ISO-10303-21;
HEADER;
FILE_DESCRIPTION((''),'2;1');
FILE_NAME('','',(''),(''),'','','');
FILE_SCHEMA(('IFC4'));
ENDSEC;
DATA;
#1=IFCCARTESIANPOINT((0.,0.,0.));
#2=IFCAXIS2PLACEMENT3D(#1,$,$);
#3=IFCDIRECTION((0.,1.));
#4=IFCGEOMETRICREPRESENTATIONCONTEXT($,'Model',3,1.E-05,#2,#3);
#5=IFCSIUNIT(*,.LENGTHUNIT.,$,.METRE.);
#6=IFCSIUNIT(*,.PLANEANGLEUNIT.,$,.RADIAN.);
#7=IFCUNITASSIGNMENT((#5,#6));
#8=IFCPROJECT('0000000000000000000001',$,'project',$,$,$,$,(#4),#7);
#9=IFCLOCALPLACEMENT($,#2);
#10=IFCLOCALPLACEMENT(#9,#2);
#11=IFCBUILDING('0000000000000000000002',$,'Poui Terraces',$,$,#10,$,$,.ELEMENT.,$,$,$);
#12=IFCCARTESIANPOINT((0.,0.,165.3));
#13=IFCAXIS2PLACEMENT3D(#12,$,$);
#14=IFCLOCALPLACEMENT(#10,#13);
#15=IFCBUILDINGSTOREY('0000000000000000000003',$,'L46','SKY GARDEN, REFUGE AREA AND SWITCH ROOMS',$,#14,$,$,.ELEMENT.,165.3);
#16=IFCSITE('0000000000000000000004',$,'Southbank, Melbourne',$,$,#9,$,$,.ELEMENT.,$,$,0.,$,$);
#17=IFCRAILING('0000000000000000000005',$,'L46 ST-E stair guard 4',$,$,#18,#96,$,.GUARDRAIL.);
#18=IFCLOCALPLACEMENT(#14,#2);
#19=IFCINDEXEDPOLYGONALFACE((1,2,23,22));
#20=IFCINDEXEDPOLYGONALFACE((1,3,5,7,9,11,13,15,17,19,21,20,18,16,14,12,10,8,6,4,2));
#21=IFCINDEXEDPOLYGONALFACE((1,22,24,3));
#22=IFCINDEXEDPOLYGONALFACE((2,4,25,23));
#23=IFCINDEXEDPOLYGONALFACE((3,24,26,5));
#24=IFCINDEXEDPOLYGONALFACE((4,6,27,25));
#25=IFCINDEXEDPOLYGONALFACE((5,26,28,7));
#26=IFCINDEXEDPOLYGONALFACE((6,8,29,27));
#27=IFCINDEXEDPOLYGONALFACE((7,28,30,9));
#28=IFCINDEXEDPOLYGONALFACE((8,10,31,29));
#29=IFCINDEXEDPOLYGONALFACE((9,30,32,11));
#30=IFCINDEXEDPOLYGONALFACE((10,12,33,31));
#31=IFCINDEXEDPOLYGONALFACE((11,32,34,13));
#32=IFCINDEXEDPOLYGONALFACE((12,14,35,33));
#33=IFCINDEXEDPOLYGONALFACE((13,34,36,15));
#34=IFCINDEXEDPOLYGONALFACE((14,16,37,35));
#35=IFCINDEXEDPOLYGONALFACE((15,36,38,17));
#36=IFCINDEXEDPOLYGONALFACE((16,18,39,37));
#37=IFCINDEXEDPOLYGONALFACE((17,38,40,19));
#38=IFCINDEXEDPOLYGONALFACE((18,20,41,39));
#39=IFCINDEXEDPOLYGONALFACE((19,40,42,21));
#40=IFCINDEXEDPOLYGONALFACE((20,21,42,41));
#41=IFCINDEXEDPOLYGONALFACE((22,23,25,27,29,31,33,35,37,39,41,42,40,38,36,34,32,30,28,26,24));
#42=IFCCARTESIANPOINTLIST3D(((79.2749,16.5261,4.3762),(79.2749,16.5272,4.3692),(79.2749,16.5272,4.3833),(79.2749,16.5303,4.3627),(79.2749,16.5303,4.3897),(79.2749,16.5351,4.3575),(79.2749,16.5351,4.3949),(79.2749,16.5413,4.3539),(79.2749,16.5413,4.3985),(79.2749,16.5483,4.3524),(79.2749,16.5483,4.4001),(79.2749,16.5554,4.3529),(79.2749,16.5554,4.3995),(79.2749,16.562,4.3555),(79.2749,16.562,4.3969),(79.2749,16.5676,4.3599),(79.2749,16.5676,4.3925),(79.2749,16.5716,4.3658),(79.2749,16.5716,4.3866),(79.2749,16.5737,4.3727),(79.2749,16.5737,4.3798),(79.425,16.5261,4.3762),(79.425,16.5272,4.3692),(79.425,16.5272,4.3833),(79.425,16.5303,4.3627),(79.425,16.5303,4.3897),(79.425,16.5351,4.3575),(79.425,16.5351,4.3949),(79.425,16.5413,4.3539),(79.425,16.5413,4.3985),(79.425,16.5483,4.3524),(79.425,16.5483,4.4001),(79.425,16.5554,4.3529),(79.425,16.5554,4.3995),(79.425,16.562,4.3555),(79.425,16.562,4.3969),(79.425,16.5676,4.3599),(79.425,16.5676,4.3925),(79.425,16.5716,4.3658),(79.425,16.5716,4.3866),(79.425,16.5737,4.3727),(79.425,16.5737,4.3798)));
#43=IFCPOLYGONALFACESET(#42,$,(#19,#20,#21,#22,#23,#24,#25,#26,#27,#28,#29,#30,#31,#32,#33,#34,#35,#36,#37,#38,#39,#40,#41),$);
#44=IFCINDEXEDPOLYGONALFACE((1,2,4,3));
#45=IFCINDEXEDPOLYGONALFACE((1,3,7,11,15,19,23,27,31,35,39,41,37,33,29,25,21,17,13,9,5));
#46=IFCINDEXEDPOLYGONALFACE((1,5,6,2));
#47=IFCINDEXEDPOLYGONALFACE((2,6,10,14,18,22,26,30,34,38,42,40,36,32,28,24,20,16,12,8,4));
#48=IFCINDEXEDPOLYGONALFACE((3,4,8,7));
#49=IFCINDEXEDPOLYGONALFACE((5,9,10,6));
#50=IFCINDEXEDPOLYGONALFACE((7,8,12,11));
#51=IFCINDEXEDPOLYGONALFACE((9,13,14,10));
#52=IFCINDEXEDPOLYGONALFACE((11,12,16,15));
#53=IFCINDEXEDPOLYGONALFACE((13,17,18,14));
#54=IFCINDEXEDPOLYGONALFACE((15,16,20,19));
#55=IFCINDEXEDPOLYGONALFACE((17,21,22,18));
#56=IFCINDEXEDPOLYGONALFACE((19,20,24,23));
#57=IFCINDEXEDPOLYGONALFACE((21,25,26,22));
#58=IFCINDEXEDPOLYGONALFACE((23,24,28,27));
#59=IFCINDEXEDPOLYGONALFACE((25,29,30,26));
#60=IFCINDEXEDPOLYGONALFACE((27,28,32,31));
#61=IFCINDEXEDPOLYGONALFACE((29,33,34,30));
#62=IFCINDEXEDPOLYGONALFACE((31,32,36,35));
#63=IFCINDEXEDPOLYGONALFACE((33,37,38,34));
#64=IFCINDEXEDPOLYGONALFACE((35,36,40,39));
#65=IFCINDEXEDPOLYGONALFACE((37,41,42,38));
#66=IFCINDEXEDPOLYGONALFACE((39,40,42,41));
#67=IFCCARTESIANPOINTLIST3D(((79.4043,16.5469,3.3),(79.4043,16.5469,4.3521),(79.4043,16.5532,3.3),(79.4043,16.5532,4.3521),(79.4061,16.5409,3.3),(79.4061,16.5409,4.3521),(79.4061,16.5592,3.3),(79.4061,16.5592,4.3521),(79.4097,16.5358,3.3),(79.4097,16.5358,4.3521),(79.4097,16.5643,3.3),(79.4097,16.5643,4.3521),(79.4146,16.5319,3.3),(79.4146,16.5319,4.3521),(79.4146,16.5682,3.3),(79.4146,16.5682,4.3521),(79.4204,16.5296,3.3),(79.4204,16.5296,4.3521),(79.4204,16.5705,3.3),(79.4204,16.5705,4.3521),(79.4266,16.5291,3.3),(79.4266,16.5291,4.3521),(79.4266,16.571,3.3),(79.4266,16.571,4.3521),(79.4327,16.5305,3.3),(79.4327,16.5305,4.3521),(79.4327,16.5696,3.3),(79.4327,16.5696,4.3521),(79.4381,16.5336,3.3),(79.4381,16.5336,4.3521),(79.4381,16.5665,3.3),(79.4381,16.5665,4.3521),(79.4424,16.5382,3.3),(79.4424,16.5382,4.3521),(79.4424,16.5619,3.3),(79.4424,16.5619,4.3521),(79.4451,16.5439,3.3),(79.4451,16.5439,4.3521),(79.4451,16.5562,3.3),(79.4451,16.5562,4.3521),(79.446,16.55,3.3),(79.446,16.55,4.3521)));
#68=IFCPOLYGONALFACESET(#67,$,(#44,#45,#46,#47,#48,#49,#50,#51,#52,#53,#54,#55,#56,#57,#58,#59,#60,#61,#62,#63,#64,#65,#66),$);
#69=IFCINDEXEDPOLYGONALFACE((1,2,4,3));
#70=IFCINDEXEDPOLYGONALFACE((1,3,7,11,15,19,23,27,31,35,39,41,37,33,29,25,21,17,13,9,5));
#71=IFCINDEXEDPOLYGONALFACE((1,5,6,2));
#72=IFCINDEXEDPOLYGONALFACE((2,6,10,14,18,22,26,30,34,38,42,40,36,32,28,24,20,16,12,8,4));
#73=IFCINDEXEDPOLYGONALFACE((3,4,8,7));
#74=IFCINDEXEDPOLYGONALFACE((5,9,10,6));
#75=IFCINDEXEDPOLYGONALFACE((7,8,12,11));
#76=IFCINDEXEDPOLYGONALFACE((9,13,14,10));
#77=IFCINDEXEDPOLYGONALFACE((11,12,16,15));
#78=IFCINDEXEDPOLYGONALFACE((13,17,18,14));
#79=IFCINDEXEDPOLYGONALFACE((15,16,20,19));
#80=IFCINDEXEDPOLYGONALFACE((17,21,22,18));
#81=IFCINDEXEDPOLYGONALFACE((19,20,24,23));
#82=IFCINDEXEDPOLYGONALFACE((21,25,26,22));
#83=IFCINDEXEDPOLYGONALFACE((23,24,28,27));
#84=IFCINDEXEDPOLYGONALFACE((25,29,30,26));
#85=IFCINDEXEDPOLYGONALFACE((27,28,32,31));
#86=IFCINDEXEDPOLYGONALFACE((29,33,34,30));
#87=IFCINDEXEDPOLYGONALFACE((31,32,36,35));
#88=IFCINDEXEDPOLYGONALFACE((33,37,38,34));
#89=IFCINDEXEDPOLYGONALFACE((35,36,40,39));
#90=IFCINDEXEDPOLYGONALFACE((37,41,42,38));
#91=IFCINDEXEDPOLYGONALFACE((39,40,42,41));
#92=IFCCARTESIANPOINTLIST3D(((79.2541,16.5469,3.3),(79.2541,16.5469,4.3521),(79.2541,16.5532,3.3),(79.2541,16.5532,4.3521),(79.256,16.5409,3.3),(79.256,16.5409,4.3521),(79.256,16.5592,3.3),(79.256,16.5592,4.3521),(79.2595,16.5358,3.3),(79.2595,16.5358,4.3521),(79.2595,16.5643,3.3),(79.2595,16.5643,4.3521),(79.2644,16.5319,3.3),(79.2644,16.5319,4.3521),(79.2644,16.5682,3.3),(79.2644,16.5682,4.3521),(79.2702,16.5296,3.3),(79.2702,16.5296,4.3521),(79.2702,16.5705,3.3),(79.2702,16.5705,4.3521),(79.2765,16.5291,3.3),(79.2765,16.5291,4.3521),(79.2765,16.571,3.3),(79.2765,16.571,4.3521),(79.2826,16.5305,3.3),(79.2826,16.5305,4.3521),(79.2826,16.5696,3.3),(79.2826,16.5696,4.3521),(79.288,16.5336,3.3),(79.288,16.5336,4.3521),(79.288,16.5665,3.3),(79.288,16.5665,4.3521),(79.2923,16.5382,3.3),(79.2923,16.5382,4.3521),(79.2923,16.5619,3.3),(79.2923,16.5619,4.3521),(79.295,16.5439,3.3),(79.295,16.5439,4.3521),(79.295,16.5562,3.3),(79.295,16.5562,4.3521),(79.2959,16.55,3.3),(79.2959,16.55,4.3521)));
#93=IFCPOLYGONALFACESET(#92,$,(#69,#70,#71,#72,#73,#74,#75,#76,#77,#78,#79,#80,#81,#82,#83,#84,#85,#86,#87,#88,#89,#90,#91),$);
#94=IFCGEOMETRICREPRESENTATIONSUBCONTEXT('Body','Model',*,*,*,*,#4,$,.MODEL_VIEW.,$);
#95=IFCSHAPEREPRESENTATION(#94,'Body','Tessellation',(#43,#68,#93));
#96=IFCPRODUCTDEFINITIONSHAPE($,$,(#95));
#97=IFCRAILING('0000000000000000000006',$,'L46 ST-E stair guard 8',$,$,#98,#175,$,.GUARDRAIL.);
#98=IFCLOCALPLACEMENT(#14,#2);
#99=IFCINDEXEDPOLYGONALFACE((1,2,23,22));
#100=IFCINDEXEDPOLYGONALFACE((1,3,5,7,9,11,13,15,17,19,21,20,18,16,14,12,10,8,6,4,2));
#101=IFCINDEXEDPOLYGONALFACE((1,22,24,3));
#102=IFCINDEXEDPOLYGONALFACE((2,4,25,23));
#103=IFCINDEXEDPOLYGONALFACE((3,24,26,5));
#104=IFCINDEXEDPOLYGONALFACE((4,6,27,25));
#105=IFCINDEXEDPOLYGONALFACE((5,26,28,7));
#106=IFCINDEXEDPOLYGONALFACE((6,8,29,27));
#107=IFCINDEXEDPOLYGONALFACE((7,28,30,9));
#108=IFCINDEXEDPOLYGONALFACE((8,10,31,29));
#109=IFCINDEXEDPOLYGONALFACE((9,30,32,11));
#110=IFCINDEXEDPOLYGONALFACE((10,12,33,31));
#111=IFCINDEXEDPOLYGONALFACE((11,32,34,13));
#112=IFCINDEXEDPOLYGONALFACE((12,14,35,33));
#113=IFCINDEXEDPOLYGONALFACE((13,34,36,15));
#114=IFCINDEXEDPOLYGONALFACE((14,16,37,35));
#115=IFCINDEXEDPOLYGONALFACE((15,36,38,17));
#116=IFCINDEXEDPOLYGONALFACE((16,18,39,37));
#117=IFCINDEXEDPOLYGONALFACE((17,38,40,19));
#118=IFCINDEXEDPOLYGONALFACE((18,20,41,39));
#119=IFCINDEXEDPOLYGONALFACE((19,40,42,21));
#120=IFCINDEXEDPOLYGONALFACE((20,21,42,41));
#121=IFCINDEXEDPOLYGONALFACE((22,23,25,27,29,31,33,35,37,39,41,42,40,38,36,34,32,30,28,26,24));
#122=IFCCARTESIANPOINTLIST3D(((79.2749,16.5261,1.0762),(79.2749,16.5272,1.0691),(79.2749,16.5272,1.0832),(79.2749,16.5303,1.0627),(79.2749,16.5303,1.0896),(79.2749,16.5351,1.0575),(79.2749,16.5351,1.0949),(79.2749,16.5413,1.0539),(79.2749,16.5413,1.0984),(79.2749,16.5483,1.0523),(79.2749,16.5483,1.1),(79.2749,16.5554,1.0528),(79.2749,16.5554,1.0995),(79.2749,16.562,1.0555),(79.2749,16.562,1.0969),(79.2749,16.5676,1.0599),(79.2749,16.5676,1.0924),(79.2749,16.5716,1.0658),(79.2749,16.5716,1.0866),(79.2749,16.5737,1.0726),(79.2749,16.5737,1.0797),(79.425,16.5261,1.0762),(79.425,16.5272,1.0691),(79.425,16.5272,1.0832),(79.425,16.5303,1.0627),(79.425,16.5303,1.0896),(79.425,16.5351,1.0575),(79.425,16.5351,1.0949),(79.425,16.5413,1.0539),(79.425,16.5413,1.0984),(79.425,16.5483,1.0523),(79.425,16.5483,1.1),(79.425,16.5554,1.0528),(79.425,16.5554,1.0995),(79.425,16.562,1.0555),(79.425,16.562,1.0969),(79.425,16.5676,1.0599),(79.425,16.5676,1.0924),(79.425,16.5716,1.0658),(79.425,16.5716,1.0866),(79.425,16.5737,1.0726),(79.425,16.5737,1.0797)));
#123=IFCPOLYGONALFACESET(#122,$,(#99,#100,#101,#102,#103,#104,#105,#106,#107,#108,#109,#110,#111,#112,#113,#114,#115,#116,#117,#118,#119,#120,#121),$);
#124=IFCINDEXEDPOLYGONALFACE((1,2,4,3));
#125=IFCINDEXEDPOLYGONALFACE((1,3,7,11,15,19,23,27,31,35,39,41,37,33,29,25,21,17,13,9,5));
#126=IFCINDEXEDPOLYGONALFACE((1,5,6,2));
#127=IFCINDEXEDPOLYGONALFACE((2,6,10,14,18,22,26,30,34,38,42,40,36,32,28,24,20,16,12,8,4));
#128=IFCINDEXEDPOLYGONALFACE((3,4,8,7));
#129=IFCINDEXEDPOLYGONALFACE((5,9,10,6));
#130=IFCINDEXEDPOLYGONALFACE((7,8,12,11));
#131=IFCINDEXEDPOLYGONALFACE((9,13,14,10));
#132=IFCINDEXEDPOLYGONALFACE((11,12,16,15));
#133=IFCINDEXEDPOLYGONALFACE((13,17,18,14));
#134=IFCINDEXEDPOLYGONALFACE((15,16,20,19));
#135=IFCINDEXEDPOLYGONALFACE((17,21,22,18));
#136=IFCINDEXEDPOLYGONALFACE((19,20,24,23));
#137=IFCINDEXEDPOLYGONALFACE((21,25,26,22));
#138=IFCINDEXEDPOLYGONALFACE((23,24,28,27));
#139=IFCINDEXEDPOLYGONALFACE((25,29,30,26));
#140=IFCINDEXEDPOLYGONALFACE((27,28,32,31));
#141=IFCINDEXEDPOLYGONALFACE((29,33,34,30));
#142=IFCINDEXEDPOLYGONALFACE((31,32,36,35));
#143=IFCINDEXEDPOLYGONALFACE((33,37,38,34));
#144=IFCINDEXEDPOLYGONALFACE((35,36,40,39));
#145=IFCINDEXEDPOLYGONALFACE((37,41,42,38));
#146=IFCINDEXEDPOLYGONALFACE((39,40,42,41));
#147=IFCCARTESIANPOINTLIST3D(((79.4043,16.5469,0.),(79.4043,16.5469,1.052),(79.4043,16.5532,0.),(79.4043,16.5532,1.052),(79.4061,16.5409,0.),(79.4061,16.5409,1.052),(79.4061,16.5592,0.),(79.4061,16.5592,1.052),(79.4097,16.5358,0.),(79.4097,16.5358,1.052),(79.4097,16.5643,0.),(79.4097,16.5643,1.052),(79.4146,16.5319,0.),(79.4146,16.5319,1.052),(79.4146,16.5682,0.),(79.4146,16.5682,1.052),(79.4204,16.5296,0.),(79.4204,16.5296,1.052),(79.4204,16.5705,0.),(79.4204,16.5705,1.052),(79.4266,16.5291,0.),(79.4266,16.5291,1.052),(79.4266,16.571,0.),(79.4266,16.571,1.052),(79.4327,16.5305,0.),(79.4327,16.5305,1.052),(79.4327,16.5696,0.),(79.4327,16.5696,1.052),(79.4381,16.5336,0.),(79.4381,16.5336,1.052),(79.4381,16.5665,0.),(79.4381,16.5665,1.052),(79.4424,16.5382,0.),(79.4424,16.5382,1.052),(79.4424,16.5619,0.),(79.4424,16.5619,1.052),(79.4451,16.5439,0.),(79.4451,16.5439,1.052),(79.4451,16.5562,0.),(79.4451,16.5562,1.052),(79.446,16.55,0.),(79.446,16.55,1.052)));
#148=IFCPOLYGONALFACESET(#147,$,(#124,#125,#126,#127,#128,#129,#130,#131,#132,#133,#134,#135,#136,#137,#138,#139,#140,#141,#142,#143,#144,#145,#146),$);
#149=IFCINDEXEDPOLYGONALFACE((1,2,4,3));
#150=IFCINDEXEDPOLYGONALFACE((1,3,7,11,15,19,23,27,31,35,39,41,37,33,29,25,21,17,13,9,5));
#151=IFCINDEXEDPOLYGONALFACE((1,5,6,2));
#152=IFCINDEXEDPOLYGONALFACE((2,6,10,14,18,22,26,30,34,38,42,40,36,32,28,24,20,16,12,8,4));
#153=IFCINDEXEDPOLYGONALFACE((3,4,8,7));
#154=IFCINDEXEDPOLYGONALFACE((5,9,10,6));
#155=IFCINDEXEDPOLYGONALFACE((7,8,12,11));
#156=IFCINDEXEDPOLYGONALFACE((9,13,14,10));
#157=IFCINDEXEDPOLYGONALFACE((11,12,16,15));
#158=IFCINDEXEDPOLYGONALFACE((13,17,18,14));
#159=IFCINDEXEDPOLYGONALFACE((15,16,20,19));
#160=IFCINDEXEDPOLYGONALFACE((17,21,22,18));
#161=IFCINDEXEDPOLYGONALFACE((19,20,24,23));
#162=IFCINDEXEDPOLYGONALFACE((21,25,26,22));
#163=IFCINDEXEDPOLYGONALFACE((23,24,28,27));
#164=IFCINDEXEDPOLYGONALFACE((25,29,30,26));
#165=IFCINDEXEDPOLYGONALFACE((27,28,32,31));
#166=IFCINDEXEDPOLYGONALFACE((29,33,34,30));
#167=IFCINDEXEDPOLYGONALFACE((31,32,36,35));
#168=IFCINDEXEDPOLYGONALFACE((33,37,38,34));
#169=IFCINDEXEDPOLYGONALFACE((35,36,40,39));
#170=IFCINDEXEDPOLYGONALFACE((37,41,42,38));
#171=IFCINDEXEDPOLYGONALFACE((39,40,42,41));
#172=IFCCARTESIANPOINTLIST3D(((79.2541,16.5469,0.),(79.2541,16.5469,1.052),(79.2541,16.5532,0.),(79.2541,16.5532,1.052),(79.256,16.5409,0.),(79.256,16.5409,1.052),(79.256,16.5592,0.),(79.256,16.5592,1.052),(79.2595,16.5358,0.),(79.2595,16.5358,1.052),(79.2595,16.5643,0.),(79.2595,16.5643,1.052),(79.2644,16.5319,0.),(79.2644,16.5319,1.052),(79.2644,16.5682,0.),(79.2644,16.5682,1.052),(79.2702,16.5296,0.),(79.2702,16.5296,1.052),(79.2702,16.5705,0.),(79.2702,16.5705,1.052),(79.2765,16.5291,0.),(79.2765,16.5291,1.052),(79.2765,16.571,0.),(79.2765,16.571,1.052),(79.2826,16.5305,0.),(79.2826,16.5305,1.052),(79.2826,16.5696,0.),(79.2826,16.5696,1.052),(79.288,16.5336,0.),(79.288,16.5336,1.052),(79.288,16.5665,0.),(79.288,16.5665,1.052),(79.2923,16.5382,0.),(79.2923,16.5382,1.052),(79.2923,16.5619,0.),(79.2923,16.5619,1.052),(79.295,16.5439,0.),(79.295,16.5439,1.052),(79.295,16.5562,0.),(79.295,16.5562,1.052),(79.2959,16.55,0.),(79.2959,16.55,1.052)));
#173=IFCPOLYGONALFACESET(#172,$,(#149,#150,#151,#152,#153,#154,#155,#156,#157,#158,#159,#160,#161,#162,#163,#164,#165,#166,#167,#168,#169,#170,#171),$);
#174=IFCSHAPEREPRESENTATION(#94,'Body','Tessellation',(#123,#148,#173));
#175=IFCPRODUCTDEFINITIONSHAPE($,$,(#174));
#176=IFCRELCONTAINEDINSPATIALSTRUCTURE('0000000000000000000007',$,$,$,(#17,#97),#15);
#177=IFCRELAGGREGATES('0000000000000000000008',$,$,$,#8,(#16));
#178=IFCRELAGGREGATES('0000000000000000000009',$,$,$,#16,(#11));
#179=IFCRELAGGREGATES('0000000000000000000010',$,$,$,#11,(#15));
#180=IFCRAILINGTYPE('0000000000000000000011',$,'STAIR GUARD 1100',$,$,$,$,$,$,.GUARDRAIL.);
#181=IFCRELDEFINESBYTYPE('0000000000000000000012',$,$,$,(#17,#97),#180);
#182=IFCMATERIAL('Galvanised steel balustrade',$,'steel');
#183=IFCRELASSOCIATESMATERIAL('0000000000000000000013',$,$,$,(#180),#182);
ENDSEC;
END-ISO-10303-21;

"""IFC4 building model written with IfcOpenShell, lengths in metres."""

from ifc_helpers import new_model, si_unit, direction, frame, origin, origin_2d, place, context, subcontext, project, spatial, circle, extrude, material, type_object, element, save


model = new_model("IFC4")

# Units and contexts
model_context = context("Model", 3, precision=1e-05, world=origin(), true_north=direction((0.0, 1.0)))
body_context = subcontext(model_context, "Body", "Model", "MODEL_VIEW")
ifc_project = project(units=[si_unit("LENGTHUNIT", "METRE"), si_unit("PLANEANGLEUNIT", "RADIAN")], contexts=[model_context])

# Site, building, storey
site_placement = place(None, origin())
site = spatial("IfcSite", under=ifc_project, at=site_placement, Name="Southbank, Melbourne", CompositionType="ELEMENT", RefElevation=0.0)
building_placement = place(site_placement, origin())
building = spatial("IfcBuilding", under=site, at=building_placement, Name="Poui Terraces", CompositionType="ELEMENT")
storey_placement = place(building_placement, frame((0.0, 0.0, 165.3)))
storey = spatial("IfcBuildingStorey", under=building, at=storey_placement, Name="L46", Description="SKY GARDEN, REFUGE AREA AND SWITCH ROOMS", CompositionType="ELEMENT", Elevation=165.3)

# Railings
ifc_material_1 = material(Name="Galvanised steel balustrade", Category="steel")
railing_type_1 = type_object("IfcRailingType", Name="STAIR GUARD 1100", PredefinedType="GUARDRAIL", material=ifc_material_1)
for number, where, name in (
    (1, (79.425, 16.55, 3.3), "L46 ST-E stair guard 4"),
    (2, (79.425, 16.55, 0.0), "L46 ST-E stair guard 8"),
):
    element("IfcRailing", number, at=place(storey_placement, frame(where)), inside=storey, type_object=railing_type_1, Name=name, PredefinedType="GUARDRAIL", context=body_context, shape_type="SweptSolid", body=[
        extrude(circle(Radius=0.0239, at=origin_2d()), frame((0.0, 0.0, 1.0762), z_axis=(-1.0, 0.0, 0.0), x_axis=(0.0, -1.0, 0.0)), (0.0, 0.0, 1.0), 0.1501),
        extrude(circle(Radius=0.021, at=origin_2d()), origin(), (0.0, 0.0, 1.0), 1.052),
        extrude(circle(Radius=0.021, at=origin_2d()), frame((-0.1501, 0.0, 0.0)), (0.0, 0.0, 1.0), 1.052),
    ])

save(model, "model.ifc")
